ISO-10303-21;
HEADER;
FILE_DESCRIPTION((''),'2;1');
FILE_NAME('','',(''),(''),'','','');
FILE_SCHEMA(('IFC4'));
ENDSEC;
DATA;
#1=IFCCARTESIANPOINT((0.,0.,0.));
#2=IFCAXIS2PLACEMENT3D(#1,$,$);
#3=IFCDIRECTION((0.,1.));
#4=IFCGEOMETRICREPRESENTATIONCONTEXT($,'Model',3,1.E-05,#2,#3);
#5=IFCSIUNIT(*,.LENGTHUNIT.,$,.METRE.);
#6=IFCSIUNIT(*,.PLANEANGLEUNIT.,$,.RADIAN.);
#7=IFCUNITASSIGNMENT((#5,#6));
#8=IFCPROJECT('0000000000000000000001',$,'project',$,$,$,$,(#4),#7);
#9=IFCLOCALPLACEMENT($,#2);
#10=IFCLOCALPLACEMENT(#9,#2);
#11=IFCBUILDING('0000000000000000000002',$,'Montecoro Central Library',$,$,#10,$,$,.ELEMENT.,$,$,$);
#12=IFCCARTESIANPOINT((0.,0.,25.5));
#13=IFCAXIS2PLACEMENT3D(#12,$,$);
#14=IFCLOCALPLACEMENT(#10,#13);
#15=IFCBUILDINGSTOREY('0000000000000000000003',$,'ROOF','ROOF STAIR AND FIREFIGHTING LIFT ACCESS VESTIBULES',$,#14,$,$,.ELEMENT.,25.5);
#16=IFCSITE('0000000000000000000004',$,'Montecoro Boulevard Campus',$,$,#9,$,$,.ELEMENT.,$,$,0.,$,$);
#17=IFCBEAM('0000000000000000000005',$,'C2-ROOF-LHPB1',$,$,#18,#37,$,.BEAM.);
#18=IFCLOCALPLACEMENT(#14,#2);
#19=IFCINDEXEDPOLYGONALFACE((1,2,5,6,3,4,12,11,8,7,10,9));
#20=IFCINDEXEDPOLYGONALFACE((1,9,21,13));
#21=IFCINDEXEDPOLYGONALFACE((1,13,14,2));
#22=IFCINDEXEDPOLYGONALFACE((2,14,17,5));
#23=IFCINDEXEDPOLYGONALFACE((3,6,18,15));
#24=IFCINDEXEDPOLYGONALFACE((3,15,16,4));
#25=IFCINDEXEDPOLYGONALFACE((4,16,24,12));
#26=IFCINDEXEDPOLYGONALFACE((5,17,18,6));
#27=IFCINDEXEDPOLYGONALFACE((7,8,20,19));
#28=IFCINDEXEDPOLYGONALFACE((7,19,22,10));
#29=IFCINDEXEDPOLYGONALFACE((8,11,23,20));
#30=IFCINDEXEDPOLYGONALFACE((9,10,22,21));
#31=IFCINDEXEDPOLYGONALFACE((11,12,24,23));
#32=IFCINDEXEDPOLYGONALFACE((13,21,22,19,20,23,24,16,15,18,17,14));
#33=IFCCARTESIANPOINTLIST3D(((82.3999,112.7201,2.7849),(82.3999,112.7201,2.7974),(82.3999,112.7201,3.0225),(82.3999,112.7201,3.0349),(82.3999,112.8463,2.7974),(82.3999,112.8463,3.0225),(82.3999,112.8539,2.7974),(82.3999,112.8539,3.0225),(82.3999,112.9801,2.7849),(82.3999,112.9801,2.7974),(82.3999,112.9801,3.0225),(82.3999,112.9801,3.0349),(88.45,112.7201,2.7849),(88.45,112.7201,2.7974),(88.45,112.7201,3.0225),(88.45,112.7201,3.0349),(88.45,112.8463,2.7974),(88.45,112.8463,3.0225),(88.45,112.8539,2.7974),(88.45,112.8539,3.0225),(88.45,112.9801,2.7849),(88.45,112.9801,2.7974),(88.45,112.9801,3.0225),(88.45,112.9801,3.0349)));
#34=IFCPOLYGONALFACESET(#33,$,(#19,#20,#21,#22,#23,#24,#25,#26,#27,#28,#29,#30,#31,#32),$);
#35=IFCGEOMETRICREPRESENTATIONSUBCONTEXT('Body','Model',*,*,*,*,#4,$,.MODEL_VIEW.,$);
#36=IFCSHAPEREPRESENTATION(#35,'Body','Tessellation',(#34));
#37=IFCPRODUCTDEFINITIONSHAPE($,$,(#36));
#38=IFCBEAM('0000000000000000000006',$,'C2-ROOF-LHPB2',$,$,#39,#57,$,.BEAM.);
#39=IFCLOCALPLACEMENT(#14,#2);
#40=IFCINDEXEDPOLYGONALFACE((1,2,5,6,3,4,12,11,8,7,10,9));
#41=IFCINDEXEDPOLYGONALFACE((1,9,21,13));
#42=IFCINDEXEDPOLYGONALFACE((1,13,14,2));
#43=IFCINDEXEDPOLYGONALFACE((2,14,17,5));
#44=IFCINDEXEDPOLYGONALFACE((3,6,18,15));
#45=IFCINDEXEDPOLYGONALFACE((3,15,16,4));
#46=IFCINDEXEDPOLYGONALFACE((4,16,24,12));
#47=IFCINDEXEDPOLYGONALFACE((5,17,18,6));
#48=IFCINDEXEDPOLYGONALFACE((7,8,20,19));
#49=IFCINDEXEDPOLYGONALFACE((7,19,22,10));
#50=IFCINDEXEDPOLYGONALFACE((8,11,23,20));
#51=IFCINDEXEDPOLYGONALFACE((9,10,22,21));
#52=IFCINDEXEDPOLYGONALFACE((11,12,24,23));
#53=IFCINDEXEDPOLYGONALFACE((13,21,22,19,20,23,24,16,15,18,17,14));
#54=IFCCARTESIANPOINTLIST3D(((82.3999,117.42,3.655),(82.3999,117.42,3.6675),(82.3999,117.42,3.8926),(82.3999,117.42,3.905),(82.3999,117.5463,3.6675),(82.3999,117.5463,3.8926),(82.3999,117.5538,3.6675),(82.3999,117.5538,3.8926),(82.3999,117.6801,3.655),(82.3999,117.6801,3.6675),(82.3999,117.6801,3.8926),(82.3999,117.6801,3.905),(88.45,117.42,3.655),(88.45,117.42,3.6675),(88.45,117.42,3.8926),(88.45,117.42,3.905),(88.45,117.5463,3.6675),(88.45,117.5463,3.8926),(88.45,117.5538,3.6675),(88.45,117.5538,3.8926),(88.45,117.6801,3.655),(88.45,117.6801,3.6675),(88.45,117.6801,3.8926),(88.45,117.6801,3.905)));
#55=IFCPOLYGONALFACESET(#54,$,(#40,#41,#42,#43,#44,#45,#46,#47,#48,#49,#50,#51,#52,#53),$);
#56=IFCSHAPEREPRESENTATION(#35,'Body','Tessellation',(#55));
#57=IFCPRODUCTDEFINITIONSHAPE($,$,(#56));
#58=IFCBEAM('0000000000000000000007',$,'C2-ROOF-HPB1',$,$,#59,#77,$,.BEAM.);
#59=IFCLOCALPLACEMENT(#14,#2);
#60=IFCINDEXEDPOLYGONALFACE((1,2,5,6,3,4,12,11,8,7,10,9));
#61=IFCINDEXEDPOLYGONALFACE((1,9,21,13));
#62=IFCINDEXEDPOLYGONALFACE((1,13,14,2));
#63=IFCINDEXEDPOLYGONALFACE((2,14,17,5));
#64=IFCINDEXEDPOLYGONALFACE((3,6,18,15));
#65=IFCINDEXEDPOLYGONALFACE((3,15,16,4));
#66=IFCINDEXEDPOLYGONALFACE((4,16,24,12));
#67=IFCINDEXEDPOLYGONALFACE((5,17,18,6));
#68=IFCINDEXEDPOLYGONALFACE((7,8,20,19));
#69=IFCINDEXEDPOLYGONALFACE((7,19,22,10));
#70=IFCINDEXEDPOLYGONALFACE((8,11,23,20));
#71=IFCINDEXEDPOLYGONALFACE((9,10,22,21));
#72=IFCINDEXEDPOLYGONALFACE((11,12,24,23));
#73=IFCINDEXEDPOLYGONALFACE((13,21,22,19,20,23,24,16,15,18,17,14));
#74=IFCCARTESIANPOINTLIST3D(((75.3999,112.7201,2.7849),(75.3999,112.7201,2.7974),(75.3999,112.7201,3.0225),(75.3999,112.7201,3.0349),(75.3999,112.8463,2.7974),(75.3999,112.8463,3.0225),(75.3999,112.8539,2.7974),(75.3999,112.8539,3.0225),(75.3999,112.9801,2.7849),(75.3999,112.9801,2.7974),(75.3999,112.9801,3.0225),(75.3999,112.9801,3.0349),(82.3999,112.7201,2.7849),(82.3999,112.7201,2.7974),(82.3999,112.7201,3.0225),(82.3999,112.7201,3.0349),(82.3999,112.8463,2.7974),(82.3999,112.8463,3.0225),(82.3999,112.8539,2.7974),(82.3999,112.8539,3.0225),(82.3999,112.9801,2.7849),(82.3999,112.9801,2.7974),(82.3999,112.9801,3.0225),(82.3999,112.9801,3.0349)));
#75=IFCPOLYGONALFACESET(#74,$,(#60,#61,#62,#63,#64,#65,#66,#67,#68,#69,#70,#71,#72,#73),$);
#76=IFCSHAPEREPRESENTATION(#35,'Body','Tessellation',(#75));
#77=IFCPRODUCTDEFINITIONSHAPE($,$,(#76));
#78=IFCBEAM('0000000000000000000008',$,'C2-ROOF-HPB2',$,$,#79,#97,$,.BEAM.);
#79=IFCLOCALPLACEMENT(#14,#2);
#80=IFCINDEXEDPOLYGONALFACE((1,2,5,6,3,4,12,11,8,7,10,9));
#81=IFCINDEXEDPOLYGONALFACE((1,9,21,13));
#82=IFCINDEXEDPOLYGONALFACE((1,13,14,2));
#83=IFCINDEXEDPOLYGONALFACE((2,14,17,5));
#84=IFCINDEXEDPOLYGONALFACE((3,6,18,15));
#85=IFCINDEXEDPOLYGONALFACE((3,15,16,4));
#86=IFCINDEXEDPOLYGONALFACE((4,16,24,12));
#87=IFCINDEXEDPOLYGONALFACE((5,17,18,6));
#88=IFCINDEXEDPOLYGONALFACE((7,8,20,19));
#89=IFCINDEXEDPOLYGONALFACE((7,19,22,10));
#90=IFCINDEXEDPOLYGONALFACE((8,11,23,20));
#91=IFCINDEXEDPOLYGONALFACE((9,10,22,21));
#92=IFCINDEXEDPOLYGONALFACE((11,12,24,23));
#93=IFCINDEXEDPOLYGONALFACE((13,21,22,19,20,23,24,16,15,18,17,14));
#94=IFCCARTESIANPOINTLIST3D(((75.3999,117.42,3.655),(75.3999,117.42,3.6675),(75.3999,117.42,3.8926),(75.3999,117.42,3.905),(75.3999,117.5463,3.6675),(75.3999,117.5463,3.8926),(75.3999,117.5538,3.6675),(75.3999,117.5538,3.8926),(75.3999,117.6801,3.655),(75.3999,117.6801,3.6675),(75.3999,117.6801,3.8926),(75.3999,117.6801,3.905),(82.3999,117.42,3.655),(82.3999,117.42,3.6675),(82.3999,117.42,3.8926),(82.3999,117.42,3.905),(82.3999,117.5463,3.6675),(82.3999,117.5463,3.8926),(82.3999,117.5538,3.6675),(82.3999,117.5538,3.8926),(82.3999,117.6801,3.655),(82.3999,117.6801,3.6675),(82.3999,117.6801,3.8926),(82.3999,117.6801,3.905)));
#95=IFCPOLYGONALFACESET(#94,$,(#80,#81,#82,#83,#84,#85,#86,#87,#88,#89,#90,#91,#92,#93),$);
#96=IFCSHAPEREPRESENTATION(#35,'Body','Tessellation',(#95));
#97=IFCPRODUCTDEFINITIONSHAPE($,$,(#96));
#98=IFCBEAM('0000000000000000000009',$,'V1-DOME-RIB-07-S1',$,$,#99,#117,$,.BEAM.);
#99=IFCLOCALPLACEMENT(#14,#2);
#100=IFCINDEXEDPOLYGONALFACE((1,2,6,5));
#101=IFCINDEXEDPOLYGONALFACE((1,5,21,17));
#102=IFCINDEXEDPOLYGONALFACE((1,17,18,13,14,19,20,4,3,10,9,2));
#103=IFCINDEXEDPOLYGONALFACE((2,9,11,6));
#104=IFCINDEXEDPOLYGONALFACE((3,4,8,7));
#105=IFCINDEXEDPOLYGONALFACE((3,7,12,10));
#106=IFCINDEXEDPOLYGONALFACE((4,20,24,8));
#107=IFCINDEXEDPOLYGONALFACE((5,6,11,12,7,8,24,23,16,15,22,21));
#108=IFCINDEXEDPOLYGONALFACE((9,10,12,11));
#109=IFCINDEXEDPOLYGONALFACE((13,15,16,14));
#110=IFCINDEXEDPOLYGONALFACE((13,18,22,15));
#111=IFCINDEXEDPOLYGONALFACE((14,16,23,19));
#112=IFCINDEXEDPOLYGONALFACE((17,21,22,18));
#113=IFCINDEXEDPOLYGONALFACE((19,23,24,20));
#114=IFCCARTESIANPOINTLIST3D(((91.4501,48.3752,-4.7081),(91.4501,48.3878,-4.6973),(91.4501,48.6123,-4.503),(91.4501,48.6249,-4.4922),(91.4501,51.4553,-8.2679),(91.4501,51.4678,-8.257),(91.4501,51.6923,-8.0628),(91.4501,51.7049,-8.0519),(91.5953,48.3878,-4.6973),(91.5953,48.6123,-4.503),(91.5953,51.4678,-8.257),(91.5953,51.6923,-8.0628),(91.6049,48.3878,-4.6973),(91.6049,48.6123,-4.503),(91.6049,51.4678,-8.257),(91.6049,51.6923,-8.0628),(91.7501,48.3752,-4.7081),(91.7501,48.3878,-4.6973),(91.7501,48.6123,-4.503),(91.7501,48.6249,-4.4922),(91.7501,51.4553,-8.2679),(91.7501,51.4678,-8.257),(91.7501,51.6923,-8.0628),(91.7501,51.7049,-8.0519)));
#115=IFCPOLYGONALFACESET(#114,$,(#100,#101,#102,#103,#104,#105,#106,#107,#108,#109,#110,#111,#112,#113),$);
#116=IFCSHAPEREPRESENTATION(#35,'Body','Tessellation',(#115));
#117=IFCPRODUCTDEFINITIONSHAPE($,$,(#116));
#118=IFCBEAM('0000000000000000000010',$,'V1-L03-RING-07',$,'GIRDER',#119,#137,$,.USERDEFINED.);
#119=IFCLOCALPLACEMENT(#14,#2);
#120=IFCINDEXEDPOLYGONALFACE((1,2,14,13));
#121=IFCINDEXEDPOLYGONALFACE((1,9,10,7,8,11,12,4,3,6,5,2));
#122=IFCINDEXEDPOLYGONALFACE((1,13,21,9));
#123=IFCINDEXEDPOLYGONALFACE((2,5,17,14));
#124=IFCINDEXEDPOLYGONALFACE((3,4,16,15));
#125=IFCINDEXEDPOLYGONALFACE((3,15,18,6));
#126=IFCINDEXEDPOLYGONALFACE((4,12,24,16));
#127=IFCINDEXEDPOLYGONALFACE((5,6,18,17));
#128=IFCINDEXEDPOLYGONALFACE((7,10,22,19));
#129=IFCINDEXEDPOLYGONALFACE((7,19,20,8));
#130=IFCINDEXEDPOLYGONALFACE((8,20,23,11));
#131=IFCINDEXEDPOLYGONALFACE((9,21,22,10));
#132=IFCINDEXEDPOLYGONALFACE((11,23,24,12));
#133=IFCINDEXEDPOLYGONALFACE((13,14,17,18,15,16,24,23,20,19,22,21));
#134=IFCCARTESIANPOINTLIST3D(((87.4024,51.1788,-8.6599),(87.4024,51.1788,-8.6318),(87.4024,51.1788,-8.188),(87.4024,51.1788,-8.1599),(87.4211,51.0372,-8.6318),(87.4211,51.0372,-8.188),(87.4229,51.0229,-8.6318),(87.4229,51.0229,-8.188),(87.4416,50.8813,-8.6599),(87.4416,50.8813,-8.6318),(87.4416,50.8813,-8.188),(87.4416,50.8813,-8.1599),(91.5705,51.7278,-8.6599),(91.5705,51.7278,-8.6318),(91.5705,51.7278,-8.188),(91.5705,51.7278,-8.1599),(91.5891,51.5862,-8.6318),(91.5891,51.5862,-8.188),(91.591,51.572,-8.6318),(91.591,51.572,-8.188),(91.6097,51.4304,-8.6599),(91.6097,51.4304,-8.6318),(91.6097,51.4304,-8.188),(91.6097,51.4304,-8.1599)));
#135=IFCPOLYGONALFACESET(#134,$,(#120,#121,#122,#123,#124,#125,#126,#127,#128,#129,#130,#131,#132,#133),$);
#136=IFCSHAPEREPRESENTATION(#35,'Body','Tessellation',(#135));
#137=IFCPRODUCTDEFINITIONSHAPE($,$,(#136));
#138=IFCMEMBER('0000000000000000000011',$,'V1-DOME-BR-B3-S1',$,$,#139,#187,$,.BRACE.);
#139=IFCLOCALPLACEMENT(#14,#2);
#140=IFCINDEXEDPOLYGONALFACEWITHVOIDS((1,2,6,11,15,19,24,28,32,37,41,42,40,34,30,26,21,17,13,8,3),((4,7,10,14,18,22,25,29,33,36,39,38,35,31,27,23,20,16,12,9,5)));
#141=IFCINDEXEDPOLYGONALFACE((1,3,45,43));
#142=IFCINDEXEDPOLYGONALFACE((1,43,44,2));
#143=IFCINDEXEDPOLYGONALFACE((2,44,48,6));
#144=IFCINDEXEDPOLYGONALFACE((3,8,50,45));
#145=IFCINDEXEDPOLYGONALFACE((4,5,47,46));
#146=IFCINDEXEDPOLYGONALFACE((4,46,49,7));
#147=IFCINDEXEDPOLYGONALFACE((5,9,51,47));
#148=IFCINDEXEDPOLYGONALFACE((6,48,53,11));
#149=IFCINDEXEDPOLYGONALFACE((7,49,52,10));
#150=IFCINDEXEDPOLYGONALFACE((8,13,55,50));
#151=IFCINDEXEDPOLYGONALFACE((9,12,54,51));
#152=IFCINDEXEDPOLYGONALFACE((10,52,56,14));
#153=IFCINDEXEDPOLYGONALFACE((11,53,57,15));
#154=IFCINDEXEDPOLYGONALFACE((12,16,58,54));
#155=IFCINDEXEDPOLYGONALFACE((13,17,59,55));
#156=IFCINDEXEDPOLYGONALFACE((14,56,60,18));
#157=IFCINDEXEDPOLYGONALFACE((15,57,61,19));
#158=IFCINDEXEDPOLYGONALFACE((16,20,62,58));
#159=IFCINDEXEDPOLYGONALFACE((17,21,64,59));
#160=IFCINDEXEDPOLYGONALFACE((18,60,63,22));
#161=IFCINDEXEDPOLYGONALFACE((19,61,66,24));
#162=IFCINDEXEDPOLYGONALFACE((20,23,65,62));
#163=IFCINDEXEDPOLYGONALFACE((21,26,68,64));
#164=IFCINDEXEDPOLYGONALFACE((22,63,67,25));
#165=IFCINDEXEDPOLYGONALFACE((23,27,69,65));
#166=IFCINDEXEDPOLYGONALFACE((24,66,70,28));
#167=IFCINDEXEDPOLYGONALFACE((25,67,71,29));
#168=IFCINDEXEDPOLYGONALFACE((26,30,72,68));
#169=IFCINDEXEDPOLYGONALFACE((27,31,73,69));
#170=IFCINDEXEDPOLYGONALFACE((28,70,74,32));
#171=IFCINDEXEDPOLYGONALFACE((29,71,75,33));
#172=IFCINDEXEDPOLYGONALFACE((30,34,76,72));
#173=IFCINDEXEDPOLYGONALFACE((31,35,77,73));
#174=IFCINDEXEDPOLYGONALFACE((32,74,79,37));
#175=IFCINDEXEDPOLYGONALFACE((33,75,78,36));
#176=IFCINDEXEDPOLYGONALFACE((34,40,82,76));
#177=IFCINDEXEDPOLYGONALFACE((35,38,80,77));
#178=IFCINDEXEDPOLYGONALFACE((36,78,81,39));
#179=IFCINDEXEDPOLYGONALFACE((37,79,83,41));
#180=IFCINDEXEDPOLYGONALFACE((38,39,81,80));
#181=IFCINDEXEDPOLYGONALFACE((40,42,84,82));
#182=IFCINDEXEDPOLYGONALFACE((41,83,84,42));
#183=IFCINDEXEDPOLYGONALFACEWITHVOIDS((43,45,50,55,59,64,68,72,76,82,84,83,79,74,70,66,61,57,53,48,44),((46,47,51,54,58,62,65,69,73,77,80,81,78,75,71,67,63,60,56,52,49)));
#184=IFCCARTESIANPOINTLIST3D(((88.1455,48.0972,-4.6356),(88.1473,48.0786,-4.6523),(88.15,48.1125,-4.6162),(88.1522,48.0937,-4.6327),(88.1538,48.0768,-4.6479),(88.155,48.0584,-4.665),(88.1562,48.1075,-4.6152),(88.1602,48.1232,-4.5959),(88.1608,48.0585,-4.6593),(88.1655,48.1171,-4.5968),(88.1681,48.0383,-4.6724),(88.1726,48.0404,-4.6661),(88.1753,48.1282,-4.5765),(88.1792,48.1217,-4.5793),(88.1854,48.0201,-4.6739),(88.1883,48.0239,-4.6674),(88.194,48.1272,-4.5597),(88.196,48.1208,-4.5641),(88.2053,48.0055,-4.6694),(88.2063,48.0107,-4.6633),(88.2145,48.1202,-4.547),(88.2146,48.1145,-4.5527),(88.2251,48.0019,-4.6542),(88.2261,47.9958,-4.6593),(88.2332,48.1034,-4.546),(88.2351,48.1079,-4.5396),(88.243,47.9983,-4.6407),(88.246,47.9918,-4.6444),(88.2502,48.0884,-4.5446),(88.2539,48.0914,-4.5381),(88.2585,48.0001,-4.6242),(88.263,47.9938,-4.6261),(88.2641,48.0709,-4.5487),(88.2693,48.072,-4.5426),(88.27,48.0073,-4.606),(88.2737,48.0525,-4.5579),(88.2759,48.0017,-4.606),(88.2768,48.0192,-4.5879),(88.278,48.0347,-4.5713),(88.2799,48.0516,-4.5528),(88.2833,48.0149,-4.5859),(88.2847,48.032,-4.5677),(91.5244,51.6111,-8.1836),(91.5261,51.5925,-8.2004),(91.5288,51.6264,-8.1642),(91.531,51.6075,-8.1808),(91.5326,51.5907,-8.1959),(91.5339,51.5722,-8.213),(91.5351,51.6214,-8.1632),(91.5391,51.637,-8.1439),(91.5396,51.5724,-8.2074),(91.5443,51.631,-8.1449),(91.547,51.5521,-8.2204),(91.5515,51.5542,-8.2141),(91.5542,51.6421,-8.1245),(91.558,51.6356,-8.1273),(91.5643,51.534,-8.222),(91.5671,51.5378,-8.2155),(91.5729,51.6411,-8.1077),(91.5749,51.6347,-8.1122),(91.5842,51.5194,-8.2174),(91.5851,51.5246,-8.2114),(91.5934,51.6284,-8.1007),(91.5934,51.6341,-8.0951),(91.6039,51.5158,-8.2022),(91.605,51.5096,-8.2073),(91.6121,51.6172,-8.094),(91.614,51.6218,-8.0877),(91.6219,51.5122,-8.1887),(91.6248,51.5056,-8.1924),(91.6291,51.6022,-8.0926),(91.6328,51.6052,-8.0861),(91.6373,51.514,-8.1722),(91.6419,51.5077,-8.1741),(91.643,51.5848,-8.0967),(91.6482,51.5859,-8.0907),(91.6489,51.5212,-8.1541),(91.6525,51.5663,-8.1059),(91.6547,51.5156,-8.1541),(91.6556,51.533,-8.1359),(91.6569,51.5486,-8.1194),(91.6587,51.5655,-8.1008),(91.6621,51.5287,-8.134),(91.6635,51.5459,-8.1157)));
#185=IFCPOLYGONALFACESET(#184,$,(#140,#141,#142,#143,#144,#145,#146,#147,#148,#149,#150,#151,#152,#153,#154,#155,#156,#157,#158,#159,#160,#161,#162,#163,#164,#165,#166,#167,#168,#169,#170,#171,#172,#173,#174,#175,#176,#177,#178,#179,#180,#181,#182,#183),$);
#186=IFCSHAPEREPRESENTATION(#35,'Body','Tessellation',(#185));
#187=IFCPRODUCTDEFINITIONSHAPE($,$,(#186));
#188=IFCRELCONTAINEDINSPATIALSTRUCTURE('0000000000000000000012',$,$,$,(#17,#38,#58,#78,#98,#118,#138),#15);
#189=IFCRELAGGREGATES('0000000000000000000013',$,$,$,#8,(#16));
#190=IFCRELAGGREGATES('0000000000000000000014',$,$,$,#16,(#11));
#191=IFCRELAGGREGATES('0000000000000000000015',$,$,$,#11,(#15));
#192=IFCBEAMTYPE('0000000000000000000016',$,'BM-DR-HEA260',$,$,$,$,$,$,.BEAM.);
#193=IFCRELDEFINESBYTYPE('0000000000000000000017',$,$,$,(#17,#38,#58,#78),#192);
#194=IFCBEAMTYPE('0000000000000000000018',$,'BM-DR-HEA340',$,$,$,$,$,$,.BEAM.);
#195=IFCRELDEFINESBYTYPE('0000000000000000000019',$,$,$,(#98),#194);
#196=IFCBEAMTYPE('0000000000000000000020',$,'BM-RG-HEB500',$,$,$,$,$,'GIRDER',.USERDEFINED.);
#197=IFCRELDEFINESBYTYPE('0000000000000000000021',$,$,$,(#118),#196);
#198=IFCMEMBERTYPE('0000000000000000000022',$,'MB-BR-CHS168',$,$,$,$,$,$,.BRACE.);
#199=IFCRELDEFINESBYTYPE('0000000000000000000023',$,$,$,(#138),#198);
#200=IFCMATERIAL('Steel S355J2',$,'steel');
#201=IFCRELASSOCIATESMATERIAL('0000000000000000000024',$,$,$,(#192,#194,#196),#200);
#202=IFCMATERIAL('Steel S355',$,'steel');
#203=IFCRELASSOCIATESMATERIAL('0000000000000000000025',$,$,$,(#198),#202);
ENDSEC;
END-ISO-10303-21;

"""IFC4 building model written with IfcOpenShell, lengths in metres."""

from ifc_helpers import new_model, si_unit, direction, frame, origin, origin_2d, place, context, subcontext, project, spatial, hollow_circle, i_section, extrude, material, material_profile, profile_set, type_object, element, save


model = new_model("IFC4")

# Units and contexts
model_context = context("Model", 3, precision=1e-05, world=origin(), true_north=direction((0.0, 1.0)))
body_context = subcontext(model_context, "Body", "Model", "MODEL_VIEW")
ifc_project = project(units=[si_unit("LENGTHUNIT", "METRE"), si_unit("PLANEANGLEUNIT", "RADIAN")], contexts=[model_context])

# Site, building, storey
site_placement = place(None, origin())
site = spatial("IfcSite", under=ifc_project, at=site_placement, Name="Montecoro Boulevard Campus", CompositionType="ELEMENT", RefElevation=0.0)
building_placement = place(site_placement, origin())
building = spatial("IfcBuilding", under=site, at=building_placement, Name="Montecoro Central Library", CompositionType="ELEMENT")
storey_placement = place(building_placement, frame((0.0, 0.0, 25.5)))
storey = spatial("IfcBuildingStorey", under=building, at=storey_placement, Name="ROOF", Description="ROOF STAIR AND FIREFIGHTING LIFT ACCESS VESTIBULES", CompositionType="ELEMENT", Elevation=25.5)

# Beams
ifc_material_1 = material(Name="Steel S355J2", Category="steel")
ifc_material_profile_1 = material_profile(ifc_material_1, i_section(OverallWidth=0.26, OverallDepth=0.25, WebThickness=0.0076, FlangeThickness=0.0125, at=origin_2d()), Name="HEA 260")
ifc_profile_set_1 = profile_set([ifc_material_profile_1], Name="Steel S355J2")
beam_type_1 = type_object("IfcBeamType", Name="BM-DR-HEA260", PredefinedType="BEAM", material=ifc_profile_set_1)
for number, where, z_axis, x_axis, name in (
    (1, (82.3999, 112.8501, 2.9099), (1.0, 0.0, 0.0), (0.0, 1.0, 0.0), "C2-ROOF-LHPB1"),
    (2, (82.3999, 117.55, 3.78), (1.0, 0.0, 0.0), (0.0, 1.0, 0.0), "C2-ROOF-LHPB2"),
):
    element("IfcBeam", number, at=place(storey_placement, frame(where, z_axis=z_axis, x_axis=x_axis)), inside=storey, type_object=beam_type_1, Name=name, PredefinedType="BEAM", context=body_context, shape_type="SweptSolid", body=[
        extrude(i_section(OverallWidth=0.26, OverallDepth=0.25, WebThickness=0.0076, FlangeThickness=0.0125, at=origin_2d()), origin(), (0.0, 0.0, 1.0), 6.05),
    ])
for number, where, z_axis, x_axis, name in (
    (3, (75.3999, 112.8501, 2.9099), (1.0, 0.0, 0.0), (0.0, 1.0, 0.0), "C2-ROOF-HPB1"),
    (4, (75.3999, 117.55, 3.78), (1.0, 0.0, 0.0), (0.0, 1.0, 0.0), "C2-ROOF-HPB2"),
):
    element("IfcBeam", number, at=place(storey_placement, frame(where, z_axis=z_axis, x_axis=x_axis)), inside=storey, type_object=beam_type_1, Name=name, PredefinedType="BEAM", context=body_context, shape_type="SweptSolid", body=[
        extrude(i_section(OverallWidth=0.26, OverallDepth=0.25, WebThickness=0.0076, FlangeThickness=0.0125, at=origin_2d()), origin(), (0.0, 0.0, 1.0), 7.0),
    ])
ifc_material_profile_2 = material_profile(ifc_material_1, i_section(OverallWidth=0.3, OverallDepth=0.3301, WebThickness=0.0095, FlangeThickness=0.0166, at=origin_2d()), Name="HEA 340")
ifc_profile_set_2 = profile_set([ifc_material_profile_2], Name="Steel S355J2")
beam_type_2 = type_object("IfcBeamType", Name="BM-DR-HEA340", PredefinedType="BEAM", material=ifc_profile_set_2)
beam_1_placement = place(storey_placement, frame((91.6001, 51.5801, -8.1599), z_axis=(0.0, -0.654312, 0.756224), x_axis=(1.0, 0.0, 0.0)))
element("IfcBeam", 5, at=beam_1_placement, inside=storey, type_object=beam_type_2, Name="V1-DOME-RIB-07-S1", PredefinedType="BEAM", context=body_context, shape_type="SweptSolid", body=[
    extrude(i_section(OverallWidth=0.3, OverallDepth=0.3301, WebThickness=0.0095, FlangeThickness=0.0166, at=origin_2d()), origin(), (0.0, 0.0, 1.0), 4.7073),
])
ifc_material_profile_3 = material_profile(ifc_material_1, i_section(OverallWidth=0.3, OverallDepth=0.5, WebThickness=0.0144, FlangeThickness=0.0281, at=origin_2d()), Name="HEB 500")
ifc_profile_set_3 = profile_set([ifc_material_profile_3], Name="Steel S355J2")
beam_type_3 = type_object("IfcBeamType", Name="BM-RG-HEB500", ElementType="GIRDER", PredefinedType="USERDEFINED", material=ifc_profile_set_3)
beam_2_placement = place(storey_placement, frame((91.5901, 51.5791, -8.4099), z_axis=(-0.991434, -0.130608, 0.0), x_axis=(0.130608, -0.991434, 0.0)))
element("IfcBeam", 6, at=beam_2_placement, inside=storey, type_object=beam_type_3, Name="V1-L03-RING-07", ObjectType="GIRDER", PredefinedType="USERDEFINED", context=body_context, shape_type="SweptSolid", body=[
    extrude(i_section(OverallWidth=0.3, OverallDepth=0.5, WebThickness=0.0144, FlangeThickness=0.0281, at=origin_2d()), origin(), (0.0, 0.0, 1.0), 4.2041),
])

# Member
ifc_material_2 = material(Name="Steel S355", Category="steel")
ifc_material_profile_4 = material_profile(ifc_material_2, hollow_circle(Radius=0.0842, WallThickness=0.0081, at=origin_2d()), Name="CHS 168.3x8.0")
ifc_profile_set_4 = profile_set([ifc_material_profile_4], Name="Steel S355")
member_type_1 = type_object("IfcMemberType", Name="MB-BR-CHS168", PredefinedType="BRACE", material=ifc_profile_set_4)
member_1_placement = place(storey_placement, frame((91.594, 51.574, -8.1541), z_axis=(-0.560406, -0.582798, 0.588466), x_axis=(0.720819, -0.693124, 0.0)))
element("IfcMember", 7, at=member_1_placement, inside=storey, type_object=member_type_1, Name="V1-DOME-BR-B3-S1", PredefinedType="BRACE", context=body_context, shape_type="SweptSolid", body=[
    extrude(hollow_circle(Radius=0.0842, WallThickness=0.0081, at=origin_2d()), origin(), (0.0, 0.0, 1.0), 6.0293),
])

save(model, "model.ifc")
